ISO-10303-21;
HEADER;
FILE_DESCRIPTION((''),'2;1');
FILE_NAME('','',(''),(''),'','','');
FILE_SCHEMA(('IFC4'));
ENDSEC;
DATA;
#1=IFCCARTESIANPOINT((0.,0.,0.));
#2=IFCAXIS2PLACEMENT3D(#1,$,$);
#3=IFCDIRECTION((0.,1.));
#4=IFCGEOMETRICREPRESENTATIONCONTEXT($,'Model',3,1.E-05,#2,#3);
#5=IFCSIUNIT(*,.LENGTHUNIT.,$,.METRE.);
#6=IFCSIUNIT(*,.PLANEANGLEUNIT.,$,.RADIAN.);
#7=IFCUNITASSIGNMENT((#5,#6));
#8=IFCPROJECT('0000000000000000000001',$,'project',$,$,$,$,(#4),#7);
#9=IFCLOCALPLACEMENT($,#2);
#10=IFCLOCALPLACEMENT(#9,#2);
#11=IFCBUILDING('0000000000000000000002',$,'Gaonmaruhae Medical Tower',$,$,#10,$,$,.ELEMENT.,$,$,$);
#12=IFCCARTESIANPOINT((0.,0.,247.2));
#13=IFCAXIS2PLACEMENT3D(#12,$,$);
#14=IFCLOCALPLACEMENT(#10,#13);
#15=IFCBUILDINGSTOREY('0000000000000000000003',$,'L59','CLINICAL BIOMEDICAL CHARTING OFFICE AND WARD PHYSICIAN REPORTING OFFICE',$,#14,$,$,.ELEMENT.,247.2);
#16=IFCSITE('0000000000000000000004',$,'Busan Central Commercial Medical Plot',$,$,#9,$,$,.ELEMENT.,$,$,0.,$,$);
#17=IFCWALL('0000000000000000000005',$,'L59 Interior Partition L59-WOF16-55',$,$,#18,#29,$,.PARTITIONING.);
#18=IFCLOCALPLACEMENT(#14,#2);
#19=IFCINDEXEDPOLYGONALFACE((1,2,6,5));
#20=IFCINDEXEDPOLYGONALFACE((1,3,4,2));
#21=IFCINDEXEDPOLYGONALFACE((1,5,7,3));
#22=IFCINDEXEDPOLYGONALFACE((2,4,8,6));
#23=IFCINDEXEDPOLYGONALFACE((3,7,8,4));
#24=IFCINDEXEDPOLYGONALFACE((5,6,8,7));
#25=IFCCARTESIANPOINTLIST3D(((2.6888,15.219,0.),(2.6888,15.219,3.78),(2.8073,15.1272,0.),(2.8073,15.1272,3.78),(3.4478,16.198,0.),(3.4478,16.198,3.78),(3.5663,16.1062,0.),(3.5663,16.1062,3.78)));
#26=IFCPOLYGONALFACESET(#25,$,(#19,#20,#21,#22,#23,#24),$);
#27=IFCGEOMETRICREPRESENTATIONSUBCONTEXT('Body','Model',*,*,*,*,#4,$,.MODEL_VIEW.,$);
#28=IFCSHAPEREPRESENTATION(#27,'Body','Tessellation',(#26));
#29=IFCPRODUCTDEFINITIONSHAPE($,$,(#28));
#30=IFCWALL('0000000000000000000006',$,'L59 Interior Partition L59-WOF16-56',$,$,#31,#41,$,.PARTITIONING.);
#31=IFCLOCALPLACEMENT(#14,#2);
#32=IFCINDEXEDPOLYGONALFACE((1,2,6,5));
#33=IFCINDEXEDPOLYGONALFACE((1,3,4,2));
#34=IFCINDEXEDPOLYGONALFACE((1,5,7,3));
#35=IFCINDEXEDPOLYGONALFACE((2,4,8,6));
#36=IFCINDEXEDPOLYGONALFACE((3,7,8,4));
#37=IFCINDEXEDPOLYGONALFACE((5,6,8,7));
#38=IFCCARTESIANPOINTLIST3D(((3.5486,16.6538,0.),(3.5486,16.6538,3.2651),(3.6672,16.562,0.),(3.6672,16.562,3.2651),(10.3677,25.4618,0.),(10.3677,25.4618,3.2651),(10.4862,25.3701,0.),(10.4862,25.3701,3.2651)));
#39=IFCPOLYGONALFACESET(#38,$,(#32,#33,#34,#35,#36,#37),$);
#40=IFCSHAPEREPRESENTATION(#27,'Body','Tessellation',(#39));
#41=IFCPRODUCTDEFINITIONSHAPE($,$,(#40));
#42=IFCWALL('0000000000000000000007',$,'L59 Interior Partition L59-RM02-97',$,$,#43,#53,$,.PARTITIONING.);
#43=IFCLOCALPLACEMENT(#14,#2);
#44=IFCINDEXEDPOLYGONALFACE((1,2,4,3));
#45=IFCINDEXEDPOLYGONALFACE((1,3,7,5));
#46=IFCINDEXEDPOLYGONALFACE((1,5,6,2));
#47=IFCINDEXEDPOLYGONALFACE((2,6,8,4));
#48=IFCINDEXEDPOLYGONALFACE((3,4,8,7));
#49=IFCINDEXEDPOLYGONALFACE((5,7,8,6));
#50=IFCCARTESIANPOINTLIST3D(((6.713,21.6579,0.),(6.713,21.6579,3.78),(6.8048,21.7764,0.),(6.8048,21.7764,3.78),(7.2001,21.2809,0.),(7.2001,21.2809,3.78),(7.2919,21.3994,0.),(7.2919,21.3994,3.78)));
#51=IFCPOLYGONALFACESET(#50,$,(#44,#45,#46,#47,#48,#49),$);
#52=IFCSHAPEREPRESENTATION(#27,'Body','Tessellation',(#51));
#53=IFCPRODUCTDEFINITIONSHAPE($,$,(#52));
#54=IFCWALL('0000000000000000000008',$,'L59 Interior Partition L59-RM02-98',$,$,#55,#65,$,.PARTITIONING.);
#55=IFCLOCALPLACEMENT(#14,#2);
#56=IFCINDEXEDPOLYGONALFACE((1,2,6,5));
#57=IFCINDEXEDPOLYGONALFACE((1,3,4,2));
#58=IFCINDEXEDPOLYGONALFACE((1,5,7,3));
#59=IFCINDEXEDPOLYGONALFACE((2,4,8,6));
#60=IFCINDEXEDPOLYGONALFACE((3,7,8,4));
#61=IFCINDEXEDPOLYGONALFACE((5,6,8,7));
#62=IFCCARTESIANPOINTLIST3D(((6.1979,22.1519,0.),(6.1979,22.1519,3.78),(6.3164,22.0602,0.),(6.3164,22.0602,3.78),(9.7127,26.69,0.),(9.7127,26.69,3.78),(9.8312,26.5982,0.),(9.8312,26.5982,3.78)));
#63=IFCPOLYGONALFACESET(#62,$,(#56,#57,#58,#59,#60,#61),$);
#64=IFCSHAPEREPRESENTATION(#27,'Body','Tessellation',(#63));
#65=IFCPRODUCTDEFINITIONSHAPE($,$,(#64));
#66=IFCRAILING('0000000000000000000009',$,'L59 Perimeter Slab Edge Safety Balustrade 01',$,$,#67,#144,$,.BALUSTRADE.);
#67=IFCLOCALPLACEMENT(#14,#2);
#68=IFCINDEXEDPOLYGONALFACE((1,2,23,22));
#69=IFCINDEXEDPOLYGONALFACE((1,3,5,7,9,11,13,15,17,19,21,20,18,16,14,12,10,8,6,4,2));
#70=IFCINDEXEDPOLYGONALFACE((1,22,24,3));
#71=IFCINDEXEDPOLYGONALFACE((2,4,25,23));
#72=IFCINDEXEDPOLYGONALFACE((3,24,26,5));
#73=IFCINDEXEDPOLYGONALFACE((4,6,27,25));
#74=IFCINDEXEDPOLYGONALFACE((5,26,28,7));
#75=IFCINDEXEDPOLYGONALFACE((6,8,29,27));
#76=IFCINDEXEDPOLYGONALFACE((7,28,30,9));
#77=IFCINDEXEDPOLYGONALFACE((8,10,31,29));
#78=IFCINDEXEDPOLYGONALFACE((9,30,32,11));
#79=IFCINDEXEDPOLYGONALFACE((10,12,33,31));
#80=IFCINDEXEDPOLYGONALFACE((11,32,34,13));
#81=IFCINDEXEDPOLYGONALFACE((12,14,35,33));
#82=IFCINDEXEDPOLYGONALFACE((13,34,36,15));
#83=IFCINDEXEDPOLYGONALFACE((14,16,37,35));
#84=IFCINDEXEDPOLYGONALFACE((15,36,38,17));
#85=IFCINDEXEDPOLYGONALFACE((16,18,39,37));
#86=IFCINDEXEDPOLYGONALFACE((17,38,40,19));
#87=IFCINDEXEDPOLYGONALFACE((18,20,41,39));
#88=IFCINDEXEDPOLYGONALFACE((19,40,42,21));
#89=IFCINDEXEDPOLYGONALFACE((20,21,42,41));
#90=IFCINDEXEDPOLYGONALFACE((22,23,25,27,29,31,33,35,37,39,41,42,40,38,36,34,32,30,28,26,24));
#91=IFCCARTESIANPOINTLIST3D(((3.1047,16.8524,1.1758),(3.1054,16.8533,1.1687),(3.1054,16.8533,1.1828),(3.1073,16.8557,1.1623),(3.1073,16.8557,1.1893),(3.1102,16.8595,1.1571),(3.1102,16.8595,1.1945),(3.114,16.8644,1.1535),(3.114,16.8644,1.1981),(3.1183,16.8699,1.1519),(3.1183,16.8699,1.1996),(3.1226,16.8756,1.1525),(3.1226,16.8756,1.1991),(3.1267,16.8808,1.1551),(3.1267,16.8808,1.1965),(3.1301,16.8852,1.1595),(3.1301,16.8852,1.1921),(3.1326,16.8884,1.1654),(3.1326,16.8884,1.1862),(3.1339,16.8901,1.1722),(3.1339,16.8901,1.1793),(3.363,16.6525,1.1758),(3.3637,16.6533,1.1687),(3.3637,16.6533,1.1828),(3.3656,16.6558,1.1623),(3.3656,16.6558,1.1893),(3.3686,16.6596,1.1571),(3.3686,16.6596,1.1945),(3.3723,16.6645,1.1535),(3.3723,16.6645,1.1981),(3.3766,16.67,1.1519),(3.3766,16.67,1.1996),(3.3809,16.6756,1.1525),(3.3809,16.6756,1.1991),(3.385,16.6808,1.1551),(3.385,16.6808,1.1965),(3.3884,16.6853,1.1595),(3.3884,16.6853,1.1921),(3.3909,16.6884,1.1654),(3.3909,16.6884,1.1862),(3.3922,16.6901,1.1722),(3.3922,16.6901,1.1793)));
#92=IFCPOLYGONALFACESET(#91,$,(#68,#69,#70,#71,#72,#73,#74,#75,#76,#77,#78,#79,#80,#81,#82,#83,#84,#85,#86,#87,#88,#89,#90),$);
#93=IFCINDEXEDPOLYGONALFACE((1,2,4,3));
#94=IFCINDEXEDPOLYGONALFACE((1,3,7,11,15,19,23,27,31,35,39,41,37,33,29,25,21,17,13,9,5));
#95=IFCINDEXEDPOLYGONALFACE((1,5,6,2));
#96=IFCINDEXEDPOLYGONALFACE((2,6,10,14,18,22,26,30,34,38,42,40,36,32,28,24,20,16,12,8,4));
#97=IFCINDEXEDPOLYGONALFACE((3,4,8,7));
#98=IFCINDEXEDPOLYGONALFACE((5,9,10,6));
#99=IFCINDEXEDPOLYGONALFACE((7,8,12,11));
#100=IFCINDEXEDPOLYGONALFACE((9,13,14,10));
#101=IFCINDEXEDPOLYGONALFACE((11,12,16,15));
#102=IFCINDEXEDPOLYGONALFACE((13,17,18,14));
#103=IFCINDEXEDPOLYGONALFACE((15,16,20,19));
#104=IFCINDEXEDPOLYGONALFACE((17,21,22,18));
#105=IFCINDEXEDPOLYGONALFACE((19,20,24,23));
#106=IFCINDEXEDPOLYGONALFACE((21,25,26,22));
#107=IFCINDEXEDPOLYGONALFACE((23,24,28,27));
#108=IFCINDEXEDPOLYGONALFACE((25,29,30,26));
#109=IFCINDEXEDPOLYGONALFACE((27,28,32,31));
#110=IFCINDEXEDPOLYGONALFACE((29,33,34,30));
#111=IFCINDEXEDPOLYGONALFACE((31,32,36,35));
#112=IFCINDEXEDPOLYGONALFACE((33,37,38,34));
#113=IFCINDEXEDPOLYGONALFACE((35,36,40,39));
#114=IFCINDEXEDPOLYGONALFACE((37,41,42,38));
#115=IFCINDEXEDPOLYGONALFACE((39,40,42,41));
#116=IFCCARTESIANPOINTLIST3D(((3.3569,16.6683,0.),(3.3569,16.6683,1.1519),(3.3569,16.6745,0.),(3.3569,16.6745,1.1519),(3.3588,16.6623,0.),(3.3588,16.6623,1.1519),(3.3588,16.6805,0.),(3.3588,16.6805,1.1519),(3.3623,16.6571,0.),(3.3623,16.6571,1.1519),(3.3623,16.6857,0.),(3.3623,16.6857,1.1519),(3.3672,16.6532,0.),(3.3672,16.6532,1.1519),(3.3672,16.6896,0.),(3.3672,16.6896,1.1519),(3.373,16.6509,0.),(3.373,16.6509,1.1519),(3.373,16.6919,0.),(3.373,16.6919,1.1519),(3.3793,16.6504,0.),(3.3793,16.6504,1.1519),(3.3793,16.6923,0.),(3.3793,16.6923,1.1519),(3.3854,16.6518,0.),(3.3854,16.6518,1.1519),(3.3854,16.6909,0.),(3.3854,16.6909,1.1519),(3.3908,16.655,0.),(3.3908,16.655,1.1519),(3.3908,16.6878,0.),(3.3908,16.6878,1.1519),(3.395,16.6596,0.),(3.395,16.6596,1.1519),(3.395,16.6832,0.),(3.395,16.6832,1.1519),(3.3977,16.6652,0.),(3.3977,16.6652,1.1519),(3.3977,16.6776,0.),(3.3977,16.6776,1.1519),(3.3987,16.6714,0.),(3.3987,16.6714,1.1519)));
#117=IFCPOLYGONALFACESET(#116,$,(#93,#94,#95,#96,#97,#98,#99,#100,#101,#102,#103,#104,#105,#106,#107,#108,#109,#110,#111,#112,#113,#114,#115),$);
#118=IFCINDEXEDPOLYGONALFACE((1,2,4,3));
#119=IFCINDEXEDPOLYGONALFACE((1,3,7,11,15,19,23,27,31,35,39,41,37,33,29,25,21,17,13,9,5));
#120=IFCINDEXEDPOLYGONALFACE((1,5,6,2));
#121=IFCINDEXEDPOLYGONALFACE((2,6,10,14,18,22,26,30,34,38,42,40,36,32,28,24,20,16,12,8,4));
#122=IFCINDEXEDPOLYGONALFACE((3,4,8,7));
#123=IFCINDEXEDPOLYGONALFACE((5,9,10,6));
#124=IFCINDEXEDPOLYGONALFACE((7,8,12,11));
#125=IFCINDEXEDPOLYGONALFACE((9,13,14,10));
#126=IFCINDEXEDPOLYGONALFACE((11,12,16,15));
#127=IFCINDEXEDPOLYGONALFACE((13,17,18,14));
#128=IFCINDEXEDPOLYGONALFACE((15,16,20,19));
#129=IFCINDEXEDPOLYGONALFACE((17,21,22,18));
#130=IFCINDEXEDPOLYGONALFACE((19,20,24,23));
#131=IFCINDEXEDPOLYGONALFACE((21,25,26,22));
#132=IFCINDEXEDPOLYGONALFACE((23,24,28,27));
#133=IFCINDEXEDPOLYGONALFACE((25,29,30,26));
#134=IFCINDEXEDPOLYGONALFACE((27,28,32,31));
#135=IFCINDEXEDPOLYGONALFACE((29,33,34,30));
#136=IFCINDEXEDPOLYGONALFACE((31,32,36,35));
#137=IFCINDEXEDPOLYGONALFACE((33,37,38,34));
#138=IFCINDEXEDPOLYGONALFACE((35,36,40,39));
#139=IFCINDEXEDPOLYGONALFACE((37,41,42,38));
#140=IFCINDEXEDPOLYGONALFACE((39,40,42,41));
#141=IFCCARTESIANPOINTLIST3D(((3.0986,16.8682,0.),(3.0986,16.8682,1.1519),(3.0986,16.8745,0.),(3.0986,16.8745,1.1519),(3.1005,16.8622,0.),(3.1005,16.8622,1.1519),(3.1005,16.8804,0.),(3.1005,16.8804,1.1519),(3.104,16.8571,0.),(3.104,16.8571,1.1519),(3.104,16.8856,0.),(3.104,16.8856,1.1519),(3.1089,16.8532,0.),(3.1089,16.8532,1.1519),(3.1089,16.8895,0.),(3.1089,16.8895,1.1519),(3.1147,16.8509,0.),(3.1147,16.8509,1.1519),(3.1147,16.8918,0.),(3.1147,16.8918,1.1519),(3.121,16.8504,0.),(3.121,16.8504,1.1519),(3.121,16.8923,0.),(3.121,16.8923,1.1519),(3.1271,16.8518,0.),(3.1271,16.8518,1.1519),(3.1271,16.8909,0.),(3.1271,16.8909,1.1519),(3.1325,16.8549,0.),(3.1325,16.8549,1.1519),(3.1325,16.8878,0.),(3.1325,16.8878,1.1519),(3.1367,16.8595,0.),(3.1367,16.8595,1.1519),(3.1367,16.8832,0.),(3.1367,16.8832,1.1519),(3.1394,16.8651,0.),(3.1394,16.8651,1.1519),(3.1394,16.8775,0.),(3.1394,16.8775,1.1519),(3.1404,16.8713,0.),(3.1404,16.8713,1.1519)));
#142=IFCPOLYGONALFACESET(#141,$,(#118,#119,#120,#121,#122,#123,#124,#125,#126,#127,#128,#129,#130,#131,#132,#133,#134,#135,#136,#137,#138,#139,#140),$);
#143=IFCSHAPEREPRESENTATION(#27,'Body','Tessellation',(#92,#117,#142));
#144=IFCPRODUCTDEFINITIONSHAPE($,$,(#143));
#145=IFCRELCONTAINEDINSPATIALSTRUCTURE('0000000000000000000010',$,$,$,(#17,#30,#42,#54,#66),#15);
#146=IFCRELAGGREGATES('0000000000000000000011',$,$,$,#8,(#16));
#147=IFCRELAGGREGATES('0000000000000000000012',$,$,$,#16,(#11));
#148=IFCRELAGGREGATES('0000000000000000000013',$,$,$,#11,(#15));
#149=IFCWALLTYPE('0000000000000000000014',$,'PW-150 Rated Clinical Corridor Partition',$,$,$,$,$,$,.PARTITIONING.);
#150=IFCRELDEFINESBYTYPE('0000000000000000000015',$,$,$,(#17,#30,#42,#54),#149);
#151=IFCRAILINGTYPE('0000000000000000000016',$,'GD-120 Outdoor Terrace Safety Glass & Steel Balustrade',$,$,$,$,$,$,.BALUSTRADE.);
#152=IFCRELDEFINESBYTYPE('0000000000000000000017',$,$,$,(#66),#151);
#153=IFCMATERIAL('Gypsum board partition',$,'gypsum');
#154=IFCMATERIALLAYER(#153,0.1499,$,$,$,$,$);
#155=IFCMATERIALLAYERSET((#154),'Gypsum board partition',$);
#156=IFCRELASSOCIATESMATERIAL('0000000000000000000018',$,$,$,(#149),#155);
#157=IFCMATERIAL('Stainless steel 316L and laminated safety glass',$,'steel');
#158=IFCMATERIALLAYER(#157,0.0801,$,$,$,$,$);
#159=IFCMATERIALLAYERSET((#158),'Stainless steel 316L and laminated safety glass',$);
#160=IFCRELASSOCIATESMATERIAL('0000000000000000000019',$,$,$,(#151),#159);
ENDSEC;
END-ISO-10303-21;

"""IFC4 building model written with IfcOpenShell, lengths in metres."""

from ifc_helpers import new_model, si_unit, direction, frame, frame_2d, origin, origin_2d, place, context, subcontext, project, spatial, rectangle, circle, extrude, material, layer, layer_set, type_object, element, save


model = new_model("IFC4")

# Units and contexts
model_context = context("Model", 3, precision=1e-05, world=origin(), true_north=direction((0.0, 1.0)))
body_context = subcontext(model_context, "Body", "Model", "MODEL_VIEW")
ifc_project = project(units=[si_unit("LENGTHUNIT", "METRE"), si_unit("PLANEANGLEUNIT", "RADIAN")], contexts=[model_context])

# Site, building, storey
site_placement = place(None, origin())
site = spatial("IfcSite", under=ifc_project, at=site_placement, Name="Busan Central Commercial Medical Plot", CompositionType="ELEMENT", RefElevation=0.0)
building_placement = place(site_placement, origin())
building = spatial("IfcBuilding", under=site, at=building_placement, Name="Gaonmaruhae Medical Tower", CompositionType="ELEMENT")
storey_placement = place(building_placement, frame((0.0, 0.0, 247.2)))
storey = spatial("IfcBuildingStorey", under=building, at=storey_placement, Name="L59", Description="CLINICAL BIOMEDICAL CHARTING OFFICE AND WARD PHYSICIAN REPORTING OFFICE", CompositionType="ELEMENT", Elevation=247.2)

# Walls
ifc_material_1 = material(Name="Gypsum board partition", Category="gypsum")
ifc_layer_1 = layer(ifc_material_1, 0.1499)
ifc_layer_set_1 = layer_set([ifc_layer_1], Name="Gypsum board partition")
wall_type_1 = type_object("IfcWallType", Name="PW-150 Rated Clinical Corridor Partition", PredefinedType="PARTITIONING", material=ifc_layer_set_1)
wall_1_placement = place(storey_placement, frame((2.748, 15.1731, 0.0), z_axis=(0.0, 0.0, 1.0), x_axis=(0.612726, 0.790296, 0.0)))
element("IfcWall", 1, at=wall_1_placement, inside=storey, type_object=wall_type_1, Name="L59 Interior Partition L59-WOF16-55", PredefinedType="PARTITIONING", context=body_context, shape_type="SweptSolid", body=[
    extrude(rectangle(XDim=1.2388, YDim=0.1499, at=frame_2d((0.6194, 0.0))), origin(), (0.0, 0.0, 1.0), 3.78),
])
wall_2_placement = place(storey_placement, frame((3.6079, 16.6079, 0.0), z_axis=(0.0, 0.0, 1.0), x_axis=(0.612168, 0.790727, 0.0)))
element("IfcWall", 2, at=wall_2_placement, inside=storey, type_object=wall_type_1, Name="L59 Interior Partition L59-WOF16-56", PredefinedType="PARTITIONING", context=body_context, shape_type="SweptSolid", body=[
    extrude(rectangle(XDim=11.1392, YDim=0.1499, at=frame_2d((5.5696, 0.0))), origin(), (0.0, 0.0, 1.0), 3.2651),
])
wall_3_placement = place(storey_placement, frame((7.2461, 21.3401, 0.0), z_axis=(0.0, 0.0, 1.0), x_axis=(-0.790823, 0.612045, 0.0)))
element("IfcWall", 3, at=wall_3_placement, inside=storey, type_object=wall_type_1, Name="L59 Interior Partition L59-RM02-97", PredefinedType="PARTITIONING", context=body_context, shape_type="SweptSolid", body=[
    extrude(rectangle(XDim=0.616, YDim=0.1499, at=frame_2d((0.3081, 0.0))), origin(), (0.0, 0.0, 1.0), 3.78),
])
wall_4_placement = place(storey_placement, frame((6.2571, 22.106, 0.0), z_axis=(0.0, 0.0, 1.0), x_axis=(0.61234, 0.790594, 0.0)))
element("IfcWall", 4, at=wall_4_placement, inside=storey, type_object=wall_type_1, Name="L59 Interior Partition L59-RM02-98", PredefinedType="PARTITIONING", context=body_context, shape_type="SweptSolid", body=[
    extrude(rectangle(XDim=5.74, YDim=0.1499, at=frame_2d((2.8701, 0.0))), origin(), (0.0, 0.0, 1.0), 3.78),
])

# Railing
ifc_material_2 = material(Name="Stainless steel 316L and laminated safety glass", Category="steel")
ifc_layer_2 = layer(ifc_material_2, 0.0801)
ifc_layer_set_2 = layer_set([ifc_layer_2], Name="Stainless steel 316L and laminated safety glass")
railing_type = type_object("IfcRailingType", Name="GD-120 Outdoor Terrace Safety Glass & Steel Balustrade", PredefinedType="BALUSTRADE", material=ifc_layer_set_2)
railing_1_placement = place(storey_placement, frame((3.3777, 16.6714, 0.0)))
element("IfcRailing", 5, at=railing_1_placement, inside=storey, type_object=railing_type, Name="L59 Perimeter Slab Edge Safety Balustrade 01", PredefinedType="BALUSTRADE", context=body_context, shape_type="SweptSolid", body=[
    extrude(circle(Radius=0.0239, at=origin_2d()), frame((0.0, 0.0, 1.1758), z_axis=(-0.790759, 0.612128, 0.0), x_axis=(-0.612128, -0.790759, 0.0)), (0.0, 0.0, 1.0), 0.3267),
    extrude(circle(Radius=0.021, at=origin_2d()), origin(), (0.0, 0.0, 1.0), 1.1519),
    extrude(circle(Radius=0.021, at=origin_2d()), frame((-0.2583, 0.2, 0.0)), (0.0, 0.0, 1.0), 1.1519),
])

save(model, "model.ifc")
